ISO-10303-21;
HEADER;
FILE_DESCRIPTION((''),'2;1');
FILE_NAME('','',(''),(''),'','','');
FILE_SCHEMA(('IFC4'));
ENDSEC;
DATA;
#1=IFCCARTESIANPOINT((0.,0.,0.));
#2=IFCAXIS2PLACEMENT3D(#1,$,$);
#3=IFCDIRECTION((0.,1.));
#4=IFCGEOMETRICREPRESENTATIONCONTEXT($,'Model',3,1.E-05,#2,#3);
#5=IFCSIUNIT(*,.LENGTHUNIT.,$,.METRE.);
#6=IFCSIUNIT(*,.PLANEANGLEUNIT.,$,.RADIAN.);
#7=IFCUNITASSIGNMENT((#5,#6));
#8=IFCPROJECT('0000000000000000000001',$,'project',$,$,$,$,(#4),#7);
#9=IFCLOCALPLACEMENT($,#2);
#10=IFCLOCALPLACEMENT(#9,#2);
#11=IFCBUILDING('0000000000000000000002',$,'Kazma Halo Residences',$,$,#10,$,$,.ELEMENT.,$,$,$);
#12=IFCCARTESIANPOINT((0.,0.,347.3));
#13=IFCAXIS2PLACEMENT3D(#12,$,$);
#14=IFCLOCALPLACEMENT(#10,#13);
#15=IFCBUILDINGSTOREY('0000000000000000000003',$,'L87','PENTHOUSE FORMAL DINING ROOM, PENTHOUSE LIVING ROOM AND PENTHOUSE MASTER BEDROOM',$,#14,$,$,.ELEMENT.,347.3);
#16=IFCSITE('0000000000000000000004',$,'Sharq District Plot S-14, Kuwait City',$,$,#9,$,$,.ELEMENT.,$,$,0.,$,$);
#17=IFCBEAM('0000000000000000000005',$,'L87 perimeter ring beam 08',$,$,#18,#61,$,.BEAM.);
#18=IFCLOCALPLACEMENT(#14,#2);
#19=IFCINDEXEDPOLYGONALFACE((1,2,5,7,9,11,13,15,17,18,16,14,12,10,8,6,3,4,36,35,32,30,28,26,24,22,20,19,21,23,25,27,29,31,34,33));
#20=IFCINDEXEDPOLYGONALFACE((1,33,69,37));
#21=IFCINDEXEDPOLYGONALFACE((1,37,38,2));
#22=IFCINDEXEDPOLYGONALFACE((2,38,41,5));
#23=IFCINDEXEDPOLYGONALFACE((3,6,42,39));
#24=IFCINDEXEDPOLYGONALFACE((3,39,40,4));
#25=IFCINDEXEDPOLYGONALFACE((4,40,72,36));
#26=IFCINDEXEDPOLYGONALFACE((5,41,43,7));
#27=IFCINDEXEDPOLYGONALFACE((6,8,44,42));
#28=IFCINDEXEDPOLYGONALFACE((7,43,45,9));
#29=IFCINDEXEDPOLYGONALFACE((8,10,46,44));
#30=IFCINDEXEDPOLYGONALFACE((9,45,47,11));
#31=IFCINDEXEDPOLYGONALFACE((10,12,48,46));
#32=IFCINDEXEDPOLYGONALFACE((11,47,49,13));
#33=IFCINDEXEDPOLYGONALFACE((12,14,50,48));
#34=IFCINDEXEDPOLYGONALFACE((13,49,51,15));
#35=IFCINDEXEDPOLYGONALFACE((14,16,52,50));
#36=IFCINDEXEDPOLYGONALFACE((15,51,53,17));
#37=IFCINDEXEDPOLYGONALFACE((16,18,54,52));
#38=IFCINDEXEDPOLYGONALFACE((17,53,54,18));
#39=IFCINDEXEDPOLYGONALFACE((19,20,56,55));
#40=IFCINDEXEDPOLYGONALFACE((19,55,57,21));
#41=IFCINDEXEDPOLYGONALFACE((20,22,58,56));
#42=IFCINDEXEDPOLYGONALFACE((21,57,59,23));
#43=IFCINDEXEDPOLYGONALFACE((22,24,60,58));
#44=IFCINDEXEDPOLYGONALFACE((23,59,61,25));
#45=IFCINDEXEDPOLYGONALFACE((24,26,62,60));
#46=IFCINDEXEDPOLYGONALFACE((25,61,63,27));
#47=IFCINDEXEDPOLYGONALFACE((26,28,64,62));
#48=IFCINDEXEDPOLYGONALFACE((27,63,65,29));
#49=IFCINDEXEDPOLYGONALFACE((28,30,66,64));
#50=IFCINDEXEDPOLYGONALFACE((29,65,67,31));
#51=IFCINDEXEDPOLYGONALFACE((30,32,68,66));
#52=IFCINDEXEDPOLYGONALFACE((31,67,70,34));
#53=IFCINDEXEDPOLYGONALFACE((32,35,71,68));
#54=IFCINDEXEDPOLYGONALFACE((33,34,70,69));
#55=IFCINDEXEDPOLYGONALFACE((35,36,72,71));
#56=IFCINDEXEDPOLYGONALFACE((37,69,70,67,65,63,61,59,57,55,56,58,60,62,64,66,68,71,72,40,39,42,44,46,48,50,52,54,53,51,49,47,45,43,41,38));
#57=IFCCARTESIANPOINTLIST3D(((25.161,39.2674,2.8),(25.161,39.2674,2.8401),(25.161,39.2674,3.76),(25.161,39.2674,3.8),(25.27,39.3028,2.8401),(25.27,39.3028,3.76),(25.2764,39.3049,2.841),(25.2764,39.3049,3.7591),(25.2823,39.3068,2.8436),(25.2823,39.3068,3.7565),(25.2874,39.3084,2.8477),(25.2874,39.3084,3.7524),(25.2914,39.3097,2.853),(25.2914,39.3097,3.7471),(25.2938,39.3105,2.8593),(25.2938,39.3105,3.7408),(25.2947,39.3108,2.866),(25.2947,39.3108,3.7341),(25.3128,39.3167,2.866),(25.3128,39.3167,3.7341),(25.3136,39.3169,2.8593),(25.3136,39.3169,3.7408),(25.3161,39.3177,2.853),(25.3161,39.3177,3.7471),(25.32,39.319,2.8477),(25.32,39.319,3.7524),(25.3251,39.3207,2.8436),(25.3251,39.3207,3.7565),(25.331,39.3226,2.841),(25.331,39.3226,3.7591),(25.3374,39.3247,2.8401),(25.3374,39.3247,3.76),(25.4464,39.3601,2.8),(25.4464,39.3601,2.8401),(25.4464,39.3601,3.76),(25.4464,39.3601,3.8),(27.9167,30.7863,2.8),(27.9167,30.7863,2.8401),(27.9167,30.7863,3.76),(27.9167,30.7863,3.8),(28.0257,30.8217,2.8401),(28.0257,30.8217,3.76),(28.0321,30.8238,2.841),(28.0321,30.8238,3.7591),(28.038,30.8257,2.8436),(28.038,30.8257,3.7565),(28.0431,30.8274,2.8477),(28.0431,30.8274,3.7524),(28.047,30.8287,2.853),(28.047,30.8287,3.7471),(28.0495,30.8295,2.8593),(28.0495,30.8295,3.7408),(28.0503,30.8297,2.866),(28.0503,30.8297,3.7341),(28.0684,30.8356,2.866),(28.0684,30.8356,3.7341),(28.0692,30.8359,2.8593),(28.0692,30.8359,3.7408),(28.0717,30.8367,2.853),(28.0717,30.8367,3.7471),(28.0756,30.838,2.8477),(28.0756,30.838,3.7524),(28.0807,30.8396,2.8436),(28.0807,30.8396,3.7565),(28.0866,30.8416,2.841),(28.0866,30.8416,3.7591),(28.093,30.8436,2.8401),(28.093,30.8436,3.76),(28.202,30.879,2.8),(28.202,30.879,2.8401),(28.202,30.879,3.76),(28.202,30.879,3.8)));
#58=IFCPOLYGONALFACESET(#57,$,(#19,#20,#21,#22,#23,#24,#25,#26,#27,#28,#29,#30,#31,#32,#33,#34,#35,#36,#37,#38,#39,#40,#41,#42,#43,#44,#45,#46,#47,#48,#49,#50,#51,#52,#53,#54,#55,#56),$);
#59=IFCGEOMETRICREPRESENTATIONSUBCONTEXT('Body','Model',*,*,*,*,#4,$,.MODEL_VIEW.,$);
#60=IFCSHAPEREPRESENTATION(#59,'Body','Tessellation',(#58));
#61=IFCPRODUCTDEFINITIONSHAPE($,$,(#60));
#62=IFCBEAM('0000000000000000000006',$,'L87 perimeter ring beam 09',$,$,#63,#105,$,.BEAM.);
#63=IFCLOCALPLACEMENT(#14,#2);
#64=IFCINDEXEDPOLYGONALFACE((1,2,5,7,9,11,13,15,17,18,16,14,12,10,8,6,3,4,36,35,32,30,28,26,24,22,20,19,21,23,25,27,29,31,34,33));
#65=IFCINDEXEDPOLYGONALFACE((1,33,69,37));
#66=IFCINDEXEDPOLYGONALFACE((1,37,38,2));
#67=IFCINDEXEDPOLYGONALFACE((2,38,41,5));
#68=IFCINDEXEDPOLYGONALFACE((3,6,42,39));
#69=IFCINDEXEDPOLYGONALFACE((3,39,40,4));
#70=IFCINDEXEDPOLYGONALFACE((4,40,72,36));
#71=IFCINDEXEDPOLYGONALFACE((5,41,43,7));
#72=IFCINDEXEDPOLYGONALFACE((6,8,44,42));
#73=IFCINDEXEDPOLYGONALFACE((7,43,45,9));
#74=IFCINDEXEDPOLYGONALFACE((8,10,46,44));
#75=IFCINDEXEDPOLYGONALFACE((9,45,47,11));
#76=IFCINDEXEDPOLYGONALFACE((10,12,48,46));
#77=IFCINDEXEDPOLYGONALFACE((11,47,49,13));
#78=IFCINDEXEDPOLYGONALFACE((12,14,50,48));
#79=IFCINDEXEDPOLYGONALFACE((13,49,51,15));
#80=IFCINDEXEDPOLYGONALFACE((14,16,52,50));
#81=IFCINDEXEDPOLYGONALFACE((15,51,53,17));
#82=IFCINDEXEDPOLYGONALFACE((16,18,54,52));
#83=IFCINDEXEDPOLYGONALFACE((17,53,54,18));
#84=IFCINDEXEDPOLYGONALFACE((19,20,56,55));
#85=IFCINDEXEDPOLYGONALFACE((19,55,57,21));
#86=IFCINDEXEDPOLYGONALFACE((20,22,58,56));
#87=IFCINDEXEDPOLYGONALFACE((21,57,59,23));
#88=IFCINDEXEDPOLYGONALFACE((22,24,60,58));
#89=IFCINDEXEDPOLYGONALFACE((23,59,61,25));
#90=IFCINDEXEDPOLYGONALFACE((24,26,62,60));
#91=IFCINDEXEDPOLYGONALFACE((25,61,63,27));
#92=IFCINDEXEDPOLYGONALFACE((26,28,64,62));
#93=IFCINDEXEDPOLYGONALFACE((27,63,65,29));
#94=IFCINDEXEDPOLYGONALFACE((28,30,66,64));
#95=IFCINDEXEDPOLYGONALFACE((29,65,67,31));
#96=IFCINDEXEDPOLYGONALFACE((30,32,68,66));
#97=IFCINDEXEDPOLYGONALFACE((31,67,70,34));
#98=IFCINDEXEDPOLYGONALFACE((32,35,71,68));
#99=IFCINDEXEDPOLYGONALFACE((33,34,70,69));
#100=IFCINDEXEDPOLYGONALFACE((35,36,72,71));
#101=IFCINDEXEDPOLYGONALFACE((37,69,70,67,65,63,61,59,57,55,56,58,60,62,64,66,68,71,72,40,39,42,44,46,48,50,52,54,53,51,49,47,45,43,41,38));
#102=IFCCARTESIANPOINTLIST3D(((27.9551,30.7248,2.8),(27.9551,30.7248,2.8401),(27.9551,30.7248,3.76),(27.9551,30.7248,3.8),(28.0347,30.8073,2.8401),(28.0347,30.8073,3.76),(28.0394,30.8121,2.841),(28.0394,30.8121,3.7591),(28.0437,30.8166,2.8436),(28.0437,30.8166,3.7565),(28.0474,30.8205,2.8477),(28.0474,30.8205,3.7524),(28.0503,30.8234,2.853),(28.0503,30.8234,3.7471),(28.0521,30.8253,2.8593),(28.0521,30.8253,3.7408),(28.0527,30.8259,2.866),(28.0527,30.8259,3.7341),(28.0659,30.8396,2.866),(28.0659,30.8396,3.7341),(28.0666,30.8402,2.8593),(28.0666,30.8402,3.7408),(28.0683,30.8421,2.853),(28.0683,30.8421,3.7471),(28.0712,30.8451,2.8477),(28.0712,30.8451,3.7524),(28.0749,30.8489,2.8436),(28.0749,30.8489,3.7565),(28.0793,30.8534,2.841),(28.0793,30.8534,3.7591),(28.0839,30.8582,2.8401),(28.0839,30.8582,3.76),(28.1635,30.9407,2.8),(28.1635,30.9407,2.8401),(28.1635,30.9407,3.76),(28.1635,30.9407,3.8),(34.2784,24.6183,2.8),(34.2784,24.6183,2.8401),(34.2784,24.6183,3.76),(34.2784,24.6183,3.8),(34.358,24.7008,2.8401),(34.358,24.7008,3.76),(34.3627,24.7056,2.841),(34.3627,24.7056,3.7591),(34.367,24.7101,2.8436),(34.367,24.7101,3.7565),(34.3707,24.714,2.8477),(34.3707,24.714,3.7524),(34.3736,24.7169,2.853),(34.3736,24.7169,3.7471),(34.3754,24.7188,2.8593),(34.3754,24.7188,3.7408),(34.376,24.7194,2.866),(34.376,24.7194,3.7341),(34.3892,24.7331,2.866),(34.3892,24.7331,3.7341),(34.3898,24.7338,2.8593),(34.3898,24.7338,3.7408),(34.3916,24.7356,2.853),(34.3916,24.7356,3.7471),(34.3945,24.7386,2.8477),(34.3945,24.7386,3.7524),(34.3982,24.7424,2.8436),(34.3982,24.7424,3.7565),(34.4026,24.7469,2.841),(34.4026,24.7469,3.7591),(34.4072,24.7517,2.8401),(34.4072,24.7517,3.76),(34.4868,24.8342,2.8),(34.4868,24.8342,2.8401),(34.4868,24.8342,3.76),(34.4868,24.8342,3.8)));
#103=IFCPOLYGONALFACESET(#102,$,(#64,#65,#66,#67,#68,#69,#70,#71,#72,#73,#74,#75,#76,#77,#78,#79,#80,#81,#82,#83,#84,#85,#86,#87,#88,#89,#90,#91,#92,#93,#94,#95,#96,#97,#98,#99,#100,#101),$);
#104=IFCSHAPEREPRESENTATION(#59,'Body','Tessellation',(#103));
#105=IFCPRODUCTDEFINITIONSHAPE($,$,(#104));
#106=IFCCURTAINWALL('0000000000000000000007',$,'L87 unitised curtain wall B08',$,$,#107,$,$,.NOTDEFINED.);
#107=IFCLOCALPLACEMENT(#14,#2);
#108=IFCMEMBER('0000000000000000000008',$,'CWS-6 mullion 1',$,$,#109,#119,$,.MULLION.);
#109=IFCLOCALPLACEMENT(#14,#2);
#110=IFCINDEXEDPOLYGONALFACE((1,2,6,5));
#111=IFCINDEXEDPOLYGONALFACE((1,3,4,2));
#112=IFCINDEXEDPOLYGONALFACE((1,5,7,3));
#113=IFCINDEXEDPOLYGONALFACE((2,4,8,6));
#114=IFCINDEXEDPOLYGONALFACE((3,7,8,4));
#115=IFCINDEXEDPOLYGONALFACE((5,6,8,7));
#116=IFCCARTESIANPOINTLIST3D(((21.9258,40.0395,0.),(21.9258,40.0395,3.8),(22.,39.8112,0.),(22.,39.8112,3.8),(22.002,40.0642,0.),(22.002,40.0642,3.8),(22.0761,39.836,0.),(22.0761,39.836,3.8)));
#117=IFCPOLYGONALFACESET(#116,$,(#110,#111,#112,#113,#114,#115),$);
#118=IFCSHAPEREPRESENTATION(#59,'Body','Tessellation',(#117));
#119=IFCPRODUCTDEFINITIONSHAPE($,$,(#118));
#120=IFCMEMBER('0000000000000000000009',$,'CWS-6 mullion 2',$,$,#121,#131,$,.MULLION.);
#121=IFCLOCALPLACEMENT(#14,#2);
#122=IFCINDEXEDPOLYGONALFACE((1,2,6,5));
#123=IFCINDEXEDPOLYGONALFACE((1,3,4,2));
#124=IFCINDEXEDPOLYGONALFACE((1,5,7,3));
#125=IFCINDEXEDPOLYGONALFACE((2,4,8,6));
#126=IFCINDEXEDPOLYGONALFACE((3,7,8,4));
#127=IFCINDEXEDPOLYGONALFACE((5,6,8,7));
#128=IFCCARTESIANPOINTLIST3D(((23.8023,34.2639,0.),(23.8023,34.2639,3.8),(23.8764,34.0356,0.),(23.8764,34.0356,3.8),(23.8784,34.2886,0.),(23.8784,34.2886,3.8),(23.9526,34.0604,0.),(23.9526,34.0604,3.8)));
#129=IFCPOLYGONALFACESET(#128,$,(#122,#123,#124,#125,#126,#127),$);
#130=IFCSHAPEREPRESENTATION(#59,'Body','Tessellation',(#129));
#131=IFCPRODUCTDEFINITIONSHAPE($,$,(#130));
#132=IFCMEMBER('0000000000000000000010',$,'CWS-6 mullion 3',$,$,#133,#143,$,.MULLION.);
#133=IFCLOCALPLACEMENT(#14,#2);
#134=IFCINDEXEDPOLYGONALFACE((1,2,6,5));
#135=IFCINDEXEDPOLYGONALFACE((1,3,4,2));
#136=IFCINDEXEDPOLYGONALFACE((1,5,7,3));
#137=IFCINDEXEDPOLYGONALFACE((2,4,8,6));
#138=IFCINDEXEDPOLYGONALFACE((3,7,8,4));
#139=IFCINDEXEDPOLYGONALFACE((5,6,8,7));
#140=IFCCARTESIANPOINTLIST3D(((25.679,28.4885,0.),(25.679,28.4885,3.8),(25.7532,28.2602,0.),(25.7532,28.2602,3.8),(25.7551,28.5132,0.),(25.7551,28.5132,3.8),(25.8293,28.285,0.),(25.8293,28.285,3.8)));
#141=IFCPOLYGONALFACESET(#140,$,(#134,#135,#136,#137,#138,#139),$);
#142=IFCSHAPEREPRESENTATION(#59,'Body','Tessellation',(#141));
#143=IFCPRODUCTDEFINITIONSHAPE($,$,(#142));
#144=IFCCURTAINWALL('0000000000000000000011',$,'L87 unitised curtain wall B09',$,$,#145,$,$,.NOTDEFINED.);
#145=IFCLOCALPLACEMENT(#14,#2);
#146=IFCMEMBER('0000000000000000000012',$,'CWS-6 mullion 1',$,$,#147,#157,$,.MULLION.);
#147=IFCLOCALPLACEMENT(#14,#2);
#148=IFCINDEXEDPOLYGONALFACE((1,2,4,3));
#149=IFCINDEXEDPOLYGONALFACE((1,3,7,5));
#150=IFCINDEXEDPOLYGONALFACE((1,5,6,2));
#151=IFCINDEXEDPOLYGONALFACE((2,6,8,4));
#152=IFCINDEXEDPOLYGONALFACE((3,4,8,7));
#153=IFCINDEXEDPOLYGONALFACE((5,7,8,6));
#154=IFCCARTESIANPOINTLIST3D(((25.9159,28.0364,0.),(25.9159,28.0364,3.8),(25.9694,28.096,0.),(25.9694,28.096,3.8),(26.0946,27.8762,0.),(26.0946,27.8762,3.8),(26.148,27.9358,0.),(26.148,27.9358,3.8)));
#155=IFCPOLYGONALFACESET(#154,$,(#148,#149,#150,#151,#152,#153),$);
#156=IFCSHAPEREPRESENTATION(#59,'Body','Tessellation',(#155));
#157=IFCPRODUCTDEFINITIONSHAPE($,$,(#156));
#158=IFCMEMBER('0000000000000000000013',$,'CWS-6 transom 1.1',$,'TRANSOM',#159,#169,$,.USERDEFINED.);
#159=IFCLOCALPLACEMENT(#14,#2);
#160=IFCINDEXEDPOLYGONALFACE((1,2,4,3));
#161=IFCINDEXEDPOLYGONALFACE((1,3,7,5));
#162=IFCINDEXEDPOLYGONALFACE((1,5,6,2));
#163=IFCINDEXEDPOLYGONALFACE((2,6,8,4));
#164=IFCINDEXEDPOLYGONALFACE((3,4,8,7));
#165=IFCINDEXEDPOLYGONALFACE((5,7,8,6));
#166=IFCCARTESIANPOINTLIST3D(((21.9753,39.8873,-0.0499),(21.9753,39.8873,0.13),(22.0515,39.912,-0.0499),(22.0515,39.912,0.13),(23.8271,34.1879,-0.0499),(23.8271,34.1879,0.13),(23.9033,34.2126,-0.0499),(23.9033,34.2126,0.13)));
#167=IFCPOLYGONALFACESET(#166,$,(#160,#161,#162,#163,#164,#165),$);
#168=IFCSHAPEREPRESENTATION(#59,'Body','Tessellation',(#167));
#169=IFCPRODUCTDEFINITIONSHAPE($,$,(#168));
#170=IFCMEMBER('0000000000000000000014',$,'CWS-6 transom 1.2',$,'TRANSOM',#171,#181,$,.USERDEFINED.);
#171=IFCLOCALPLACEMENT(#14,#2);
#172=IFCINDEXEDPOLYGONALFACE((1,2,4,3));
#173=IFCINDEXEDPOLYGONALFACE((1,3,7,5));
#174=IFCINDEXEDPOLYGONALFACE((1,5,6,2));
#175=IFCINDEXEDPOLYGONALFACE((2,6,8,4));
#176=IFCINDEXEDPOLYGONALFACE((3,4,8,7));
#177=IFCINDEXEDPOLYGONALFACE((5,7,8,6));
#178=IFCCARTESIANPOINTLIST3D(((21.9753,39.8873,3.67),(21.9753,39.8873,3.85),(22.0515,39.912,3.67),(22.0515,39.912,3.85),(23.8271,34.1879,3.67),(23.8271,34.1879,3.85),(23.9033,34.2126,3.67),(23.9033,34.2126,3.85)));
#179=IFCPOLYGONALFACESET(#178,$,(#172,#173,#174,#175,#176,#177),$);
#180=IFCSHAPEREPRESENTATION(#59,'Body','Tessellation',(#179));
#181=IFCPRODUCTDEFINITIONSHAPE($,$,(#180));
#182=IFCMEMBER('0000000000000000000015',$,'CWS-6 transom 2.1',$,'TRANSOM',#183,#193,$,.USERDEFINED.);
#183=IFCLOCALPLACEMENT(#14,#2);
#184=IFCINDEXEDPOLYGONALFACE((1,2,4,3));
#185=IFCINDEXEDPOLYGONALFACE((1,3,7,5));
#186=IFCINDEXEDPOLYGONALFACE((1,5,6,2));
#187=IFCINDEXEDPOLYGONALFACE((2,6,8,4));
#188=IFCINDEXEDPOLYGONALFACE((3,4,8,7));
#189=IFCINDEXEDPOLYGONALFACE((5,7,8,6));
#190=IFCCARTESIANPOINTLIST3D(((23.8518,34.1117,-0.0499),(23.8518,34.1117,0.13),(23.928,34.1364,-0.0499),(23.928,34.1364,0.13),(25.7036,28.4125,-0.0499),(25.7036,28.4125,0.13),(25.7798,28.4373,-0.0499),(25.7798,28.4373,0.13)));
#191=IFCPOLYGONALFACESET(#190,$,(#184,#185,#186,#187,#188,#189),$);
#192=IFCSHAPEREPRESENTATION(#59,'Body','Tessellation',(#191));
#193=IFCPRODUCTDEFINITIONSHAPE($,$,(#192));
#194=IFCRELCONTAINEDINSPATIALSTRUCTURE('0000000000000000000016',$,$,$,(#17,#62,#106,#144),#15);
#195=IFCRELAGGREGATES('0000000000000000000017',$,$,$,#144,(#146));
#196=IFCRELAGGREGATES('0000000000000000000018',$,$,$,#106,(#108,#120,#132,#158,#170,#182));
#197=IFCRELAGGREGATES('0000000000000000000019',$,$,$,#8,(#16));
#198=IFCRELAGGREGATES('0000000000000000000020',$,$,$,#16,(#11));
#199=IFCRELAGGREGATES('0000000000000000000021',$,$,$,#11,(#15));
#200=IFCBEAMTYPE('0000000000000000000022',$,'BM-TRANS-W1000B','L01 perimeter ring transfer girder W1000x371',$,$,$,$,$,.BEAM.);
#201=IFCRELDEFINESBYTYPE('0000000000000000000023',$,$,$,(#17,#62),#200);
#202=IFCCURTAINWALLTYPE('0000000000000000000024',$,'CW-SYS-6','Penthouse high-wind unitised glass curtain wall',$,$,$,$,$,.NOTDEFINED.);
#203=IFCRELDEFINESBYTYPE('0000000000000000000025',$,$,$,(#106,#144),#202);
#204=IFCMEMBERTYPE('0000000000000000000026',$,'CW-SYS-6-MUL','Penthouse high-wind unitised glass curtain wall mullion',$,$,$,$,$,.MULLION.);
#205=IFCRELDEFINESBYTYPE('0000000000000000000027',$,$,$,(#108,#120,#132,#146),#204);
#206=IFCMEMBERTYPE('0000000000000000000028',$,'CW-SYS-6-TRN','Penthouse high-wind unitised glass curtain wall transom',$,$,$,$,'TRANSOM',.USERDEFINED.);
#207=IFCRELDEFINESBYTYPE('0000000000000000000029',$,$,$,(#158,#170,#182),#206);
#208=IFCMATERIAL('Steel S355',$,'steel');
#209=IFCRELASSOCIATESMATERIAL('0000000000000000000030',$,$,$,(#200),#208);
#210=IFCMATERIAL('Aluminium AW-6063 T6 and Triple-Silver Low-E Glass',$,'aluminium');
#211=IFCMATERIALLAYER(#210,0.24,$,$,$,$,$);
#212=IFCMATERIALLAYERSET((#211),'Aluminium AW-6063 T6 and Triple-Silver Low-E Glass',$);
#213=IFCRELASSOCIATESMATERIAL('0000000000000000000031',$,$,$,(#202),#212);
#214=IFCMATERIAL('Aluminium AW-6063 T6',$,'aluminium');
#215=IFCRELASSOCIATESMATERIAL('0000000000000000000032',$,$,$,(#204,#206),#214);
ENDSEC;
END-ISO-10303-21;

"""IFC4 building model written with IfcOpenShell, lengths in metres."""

from ifc_helpers import new_model, si_unit, direction, frame, origin, origin_2d, place, context, subcontext, project, spatial, rectangle, i_section, extrude, material, layer, layer_set, material_profile, profile_set, type_object, element, aggregate, save


model = new_model("IFC4")

# Units and contexts
model_context = context("Model", 3, precision=1e-05, world=origin(), true_north=direction((0.0, 1.0)))
body_context = subcontext(model_context, "Body", "Model", "MODEL_VIEW")
ifc_project = project(units=[si_unit("LENGTHUNIT", "METRE"), si_unit("PLANEANGLEUNIT", "RADIAN")], contexts=[model_context])

# Site, building, storey
site_placement = place(None, origin())
site = spatial("IfcSite", under=ifc_project, at=site_placement, Name="Sharq District Plot S-14, Kuwait City", CompositionType="ELEMENT", RefElevation=0.0)
building_placement = place(site_placement, origin())
building = spatial("IfcBuilding", under=site, at=building_placement, Name="Kazma Halo Residences", CompositionType="ELEMENT")
storey_placement = place(building_placement, frame((0.0, 0.0, 347.3)))
storey = spatial("IfcBuildingStorey", under=building, at=storey_placement, Name="L87", Description="PENTHOUSE FORMAL DINING ROOM, PENTHOUSE LIVING ROOM AND PENTHOUSE MASTER BEDROOM", CompositionType="ELEMENT", Elevation=347.3)

# Beams
ifc_material_1 = material(Name="Steel S355", Category="steel")
ifc_material_profile_1 = material_profile(ifc_material_1, i_section(OverallWidth=0.3, OverallDepth=1.0, WebThickness=0.019, FlangeThickness=0.04, FilletRadius=0.0259, at=origin_2d()), Name="W1000x371")
ifc_profile_set_1 = profile_set([ifc_material_profile_1], Name="Steel S355")
beam_type_1 = type_object("IfcBeamType", Name="BM-TRANS-W1000B", Description="L01 perimeter ring transfer girder W1000x371", PredefinedType="BEAM", material=ifc_profile_set_1)
beam_1_placement = place(storey_placement, frame((25.3037, 39.3137, 3.3), z_axis=(0.309015, -0.951057, 0.0), x_axis=(0.951057, 0.309015, 0.0)))
element("IfcBeam", 1, at=beam_1_placement, inside=storey, type_object=beam_type_1, Name="L87 perimeter ring beam 08", PredefinedType="BEAM", context=body_context, shape_type="SweptSolid", body=[
    extrude(i_section(OverallWidth=0.3, OverallDepth=1.0, WebThickness=0.019, FlangeThickness=0.04, FilletRadius=0.0259, at=origin_2d()), origin(), (0.0, 0.0, 1.0), 8.9175),
])
beam_2_placement = place(storey_placement, frame((28.0593, 30.8328, 3.3), z_axis=(0.719331, -0.694668, 0.0), x_axis=(0.694668, 0.719331, 0.0)))
element("IfcBeam", 2, at=beam_2_placement, inside=storey, type_object=beam_type_1, Name="L87 perimeter ring beam 09", PredefinedType="BEAM", context=body_context, shape_type="SweptSolid", body=[
    extrude(i_section(OverallWidth=0.3, OverallDepth=1.0, WebThickness=0.019, FlangeThickness=0.04, FilletRadius=0.0259, at=origin_2d()), origin(), (0.0, 0.0, 1.0), 8.7905),
])

# Curtain wall, members
ifc_material_2 = material(Name="Aluminium AW-6063 T6 and Triple-Silver Low-E Glass", Category="aluminium")
ifc_layer_1 = layer(ifc_material_2, 0.24)
ifc_layer_set_1 = layer_set([ifc_layer_1], Name="Aluminium AW-6063 T6 and Triple-Silver Low-E Glass")
curtain_wall_type = type_object("IfcCurtainWallType", Name="CW-SYS-6", Description="Penthouse high-wind unitised glass curtain wall", PredefinedType="NOTDEFINED", material=ifc_layer_set_1)
curtain_wall_1_placement = place(storey_placement, origin())
curtain_wall_1 = element("IfcCurtainWall", 3, at=curtain_wall_1_placement, inside=storey, type_object=curtain_wall_type, Name="L87 unitised curtain wall B08", PredefinedType="NOTDEFINED")
ifc_material_3 = material(Name="Aluminium AW-6063 T6", Category="aluminium")
ifc_material_profile_2 = material_profile(ifc_material_3, rectangle(XDim=0.0801, YDim=0.24, at=origin_2d()), Name="CWM-80x240")
ifc_profile_set_2 = profile_set([ifc_material_profile_2], Name="Aluminium AW-6063 T6")
member_type_1 = type_object("IfcMemberType", Name="CW-SYS-6-MUL", Description="Penthouse high-wind unitised glass curtain wall mullion", PredefinedType="MULLION", material=ifc_profile_set_2)
member_1_placement = place(storey_placement, frame((22.001, 39.9377, 0.0), z_axis=(0.0, 0.0, 1.0), x_axis=(0.951056, 0.309019, 0.0)))
member_1 = element("IfcMember", 4, at=member_1_placement, type_object=member_type_1, Name="CWS-6 mullion 1", PredefinedType="MULLION", context=body_context, shape_type="SweptSolid", body=[
    extrude(rectangle(XDim=0.0801, YDim=0.24, at=origin_2d()), origin(), (0.0, 0.0, 1.0), 3.8),
])
member_2_placement = place(storey_placement, frame((23.8774, 34.1621, 0.0), z_axis=(0.0, 0.0, 1.0), x_axis=(0.951056, 0.309019, 0.0)))
member_2 = element("IfcMember", 5, at=member_2_placement, type_object=member_type_1, Name="CWS-6 mullion 2", PredefinedType="MULLION", context=body_context, shape_type="SweptSolid", body=[
    extrude(rectangle(XDim=0.0801, YDim=0.24, at=origin_2d()), origin(), (0.0, 0.0, 1.0), 3.8),
])
member_3_placement = place(storey_placement, frame((25.7542, 28.3867, 0.0), z_axis=(0.0, 0.0, 1.0), x_axis=(0.951056, 0.309019, 0.0)))
member_3 = element("IfcMember", 6, at=member_3_placement, type_object=member_type_1, Name="CWS-6 mullion 3", PredefinedType="MULLION", context=body_context, shape_type="SweptSolid", body=[
    extrude(rectangle(XDim=0.0801, YDim=0.24, at=origin_2d()), origin(), (0.0, 0.0, 1.0), 3.8),
])

# Curtain wall, member
curtain_wall_2_placement = place(storey_placement, origin())
curtain_wall_2 = element("IfcCurtainWall", 7, at=curtain_wall_2_placement, inside=storey, type_object=curtain_wall_type, Name="L87 unitised curtain wall B09", PredefinedType="NOTDEFINED")
member_4_placement = place(storey_placement, frame((26.032, 27.9861, 0.0), z_axis=(0.0, 0.0, 1.0), x_axis=(0.667758, 0.744379, 0.0)))
member_4 = element("IfcMember", 8, at=member_4_placement, type_object=member_type_1, Name="CWS-6 mullion 1", PredefinedType="MULLION", context=body_context, shape_type="SweptSolid", body=[
    extrude(rectangle(XDim=0.0801, YDim=0.24, at=origin_2d()), origin(), (0.0, 0.0, 1.0), 3.8),
])
aggregate(curtain_wall_2, [member_4])

# Members
ifc_material_profile_3 = material_profile(ifc_material_3, rectangle(XDim=0.0801, YDim=0.1799, at=origin_2d()), Name="CWT-80x180")
ifc_profile_set_3 = profile_set([ifc_material_profile_3], Name="Aluminium AW-6063 T6")
member_type_2 = type_object("IfcMemberType", Name="CW-SYS-6-TRN", Description="Penthouse high-wind unitised glass curtain wall transom", ElementType="TRANSOM", PredefinedType="USERDEFINED", material=ifc_profile_set_3)
member_5_placement = place(storey_placement, frame((22.0134, 39.8997, 0.04), z_axis=(0.309008, -0.95106, 0.0), x_axis=(0.95106, 0.309008, 0.0)))
member_5 = element("IfcMember", 9, at=member_5_placement, type_object=member_type_2, Name="CWS-6 transom 1.1", ObjectType="TRANSOM", PredefinedType="USERDEFINED", context=body_context, shape_type="SweptSolid", body=[
    extrude(rectangle(XDim=0.0801, YDim=0.1799, at=origin_2d()), origin(), (0.0, 0.0, 1.0), 5.9927),
])
member_6_placement = place(storey_placement, frame((22.0134, 39.8997, 3.76), z_axis=(0.309008, -0.95106, 0.0), x_axis=(0.95106, 0.309008, 0.0)))
member_6 = element("IfcMember", 10, at=member_6_placement, type_object=member_type_2, Name="CWS-6 transom 1.2", ObjectType="TRANSOM", PredefinedType="USERDEFINED", context=body_context, shape_type="SweptSolid", body=[
    extrude(rectangle(XDim=0.0801, YDim=0.1799, at=origin_2d()), origin(), (0.0, 0.0, 1.0), 5.9927),
])
member_7_placement = place(storey_placement, frame((23.8899, 34.124, 0.04), z_axis=(0.30902, -0.951056, 0.0), x_axis=(0.951056, 0.30902, 0.0)))
member_7 = element("IfcMember", 11, at=member_7_placement, type_object=member_type_2, Name="CWS-6 transom 2.1", ObjectType="TRANSOM", PredefinedType="USERDEFINED", context=body_context, shape_type="SweptSolid", body=[
    extrude(rectangle(XDim=0.0801, YDim=0.1799, at=origin_2d()), origin(), (0.0, 0.0, 1.0), 5.9924),
])

aggregate(curtain_wall_1, [member_1, member_2, member_3, member_5, member_6, member_7])

save(model, "model.ifc")
